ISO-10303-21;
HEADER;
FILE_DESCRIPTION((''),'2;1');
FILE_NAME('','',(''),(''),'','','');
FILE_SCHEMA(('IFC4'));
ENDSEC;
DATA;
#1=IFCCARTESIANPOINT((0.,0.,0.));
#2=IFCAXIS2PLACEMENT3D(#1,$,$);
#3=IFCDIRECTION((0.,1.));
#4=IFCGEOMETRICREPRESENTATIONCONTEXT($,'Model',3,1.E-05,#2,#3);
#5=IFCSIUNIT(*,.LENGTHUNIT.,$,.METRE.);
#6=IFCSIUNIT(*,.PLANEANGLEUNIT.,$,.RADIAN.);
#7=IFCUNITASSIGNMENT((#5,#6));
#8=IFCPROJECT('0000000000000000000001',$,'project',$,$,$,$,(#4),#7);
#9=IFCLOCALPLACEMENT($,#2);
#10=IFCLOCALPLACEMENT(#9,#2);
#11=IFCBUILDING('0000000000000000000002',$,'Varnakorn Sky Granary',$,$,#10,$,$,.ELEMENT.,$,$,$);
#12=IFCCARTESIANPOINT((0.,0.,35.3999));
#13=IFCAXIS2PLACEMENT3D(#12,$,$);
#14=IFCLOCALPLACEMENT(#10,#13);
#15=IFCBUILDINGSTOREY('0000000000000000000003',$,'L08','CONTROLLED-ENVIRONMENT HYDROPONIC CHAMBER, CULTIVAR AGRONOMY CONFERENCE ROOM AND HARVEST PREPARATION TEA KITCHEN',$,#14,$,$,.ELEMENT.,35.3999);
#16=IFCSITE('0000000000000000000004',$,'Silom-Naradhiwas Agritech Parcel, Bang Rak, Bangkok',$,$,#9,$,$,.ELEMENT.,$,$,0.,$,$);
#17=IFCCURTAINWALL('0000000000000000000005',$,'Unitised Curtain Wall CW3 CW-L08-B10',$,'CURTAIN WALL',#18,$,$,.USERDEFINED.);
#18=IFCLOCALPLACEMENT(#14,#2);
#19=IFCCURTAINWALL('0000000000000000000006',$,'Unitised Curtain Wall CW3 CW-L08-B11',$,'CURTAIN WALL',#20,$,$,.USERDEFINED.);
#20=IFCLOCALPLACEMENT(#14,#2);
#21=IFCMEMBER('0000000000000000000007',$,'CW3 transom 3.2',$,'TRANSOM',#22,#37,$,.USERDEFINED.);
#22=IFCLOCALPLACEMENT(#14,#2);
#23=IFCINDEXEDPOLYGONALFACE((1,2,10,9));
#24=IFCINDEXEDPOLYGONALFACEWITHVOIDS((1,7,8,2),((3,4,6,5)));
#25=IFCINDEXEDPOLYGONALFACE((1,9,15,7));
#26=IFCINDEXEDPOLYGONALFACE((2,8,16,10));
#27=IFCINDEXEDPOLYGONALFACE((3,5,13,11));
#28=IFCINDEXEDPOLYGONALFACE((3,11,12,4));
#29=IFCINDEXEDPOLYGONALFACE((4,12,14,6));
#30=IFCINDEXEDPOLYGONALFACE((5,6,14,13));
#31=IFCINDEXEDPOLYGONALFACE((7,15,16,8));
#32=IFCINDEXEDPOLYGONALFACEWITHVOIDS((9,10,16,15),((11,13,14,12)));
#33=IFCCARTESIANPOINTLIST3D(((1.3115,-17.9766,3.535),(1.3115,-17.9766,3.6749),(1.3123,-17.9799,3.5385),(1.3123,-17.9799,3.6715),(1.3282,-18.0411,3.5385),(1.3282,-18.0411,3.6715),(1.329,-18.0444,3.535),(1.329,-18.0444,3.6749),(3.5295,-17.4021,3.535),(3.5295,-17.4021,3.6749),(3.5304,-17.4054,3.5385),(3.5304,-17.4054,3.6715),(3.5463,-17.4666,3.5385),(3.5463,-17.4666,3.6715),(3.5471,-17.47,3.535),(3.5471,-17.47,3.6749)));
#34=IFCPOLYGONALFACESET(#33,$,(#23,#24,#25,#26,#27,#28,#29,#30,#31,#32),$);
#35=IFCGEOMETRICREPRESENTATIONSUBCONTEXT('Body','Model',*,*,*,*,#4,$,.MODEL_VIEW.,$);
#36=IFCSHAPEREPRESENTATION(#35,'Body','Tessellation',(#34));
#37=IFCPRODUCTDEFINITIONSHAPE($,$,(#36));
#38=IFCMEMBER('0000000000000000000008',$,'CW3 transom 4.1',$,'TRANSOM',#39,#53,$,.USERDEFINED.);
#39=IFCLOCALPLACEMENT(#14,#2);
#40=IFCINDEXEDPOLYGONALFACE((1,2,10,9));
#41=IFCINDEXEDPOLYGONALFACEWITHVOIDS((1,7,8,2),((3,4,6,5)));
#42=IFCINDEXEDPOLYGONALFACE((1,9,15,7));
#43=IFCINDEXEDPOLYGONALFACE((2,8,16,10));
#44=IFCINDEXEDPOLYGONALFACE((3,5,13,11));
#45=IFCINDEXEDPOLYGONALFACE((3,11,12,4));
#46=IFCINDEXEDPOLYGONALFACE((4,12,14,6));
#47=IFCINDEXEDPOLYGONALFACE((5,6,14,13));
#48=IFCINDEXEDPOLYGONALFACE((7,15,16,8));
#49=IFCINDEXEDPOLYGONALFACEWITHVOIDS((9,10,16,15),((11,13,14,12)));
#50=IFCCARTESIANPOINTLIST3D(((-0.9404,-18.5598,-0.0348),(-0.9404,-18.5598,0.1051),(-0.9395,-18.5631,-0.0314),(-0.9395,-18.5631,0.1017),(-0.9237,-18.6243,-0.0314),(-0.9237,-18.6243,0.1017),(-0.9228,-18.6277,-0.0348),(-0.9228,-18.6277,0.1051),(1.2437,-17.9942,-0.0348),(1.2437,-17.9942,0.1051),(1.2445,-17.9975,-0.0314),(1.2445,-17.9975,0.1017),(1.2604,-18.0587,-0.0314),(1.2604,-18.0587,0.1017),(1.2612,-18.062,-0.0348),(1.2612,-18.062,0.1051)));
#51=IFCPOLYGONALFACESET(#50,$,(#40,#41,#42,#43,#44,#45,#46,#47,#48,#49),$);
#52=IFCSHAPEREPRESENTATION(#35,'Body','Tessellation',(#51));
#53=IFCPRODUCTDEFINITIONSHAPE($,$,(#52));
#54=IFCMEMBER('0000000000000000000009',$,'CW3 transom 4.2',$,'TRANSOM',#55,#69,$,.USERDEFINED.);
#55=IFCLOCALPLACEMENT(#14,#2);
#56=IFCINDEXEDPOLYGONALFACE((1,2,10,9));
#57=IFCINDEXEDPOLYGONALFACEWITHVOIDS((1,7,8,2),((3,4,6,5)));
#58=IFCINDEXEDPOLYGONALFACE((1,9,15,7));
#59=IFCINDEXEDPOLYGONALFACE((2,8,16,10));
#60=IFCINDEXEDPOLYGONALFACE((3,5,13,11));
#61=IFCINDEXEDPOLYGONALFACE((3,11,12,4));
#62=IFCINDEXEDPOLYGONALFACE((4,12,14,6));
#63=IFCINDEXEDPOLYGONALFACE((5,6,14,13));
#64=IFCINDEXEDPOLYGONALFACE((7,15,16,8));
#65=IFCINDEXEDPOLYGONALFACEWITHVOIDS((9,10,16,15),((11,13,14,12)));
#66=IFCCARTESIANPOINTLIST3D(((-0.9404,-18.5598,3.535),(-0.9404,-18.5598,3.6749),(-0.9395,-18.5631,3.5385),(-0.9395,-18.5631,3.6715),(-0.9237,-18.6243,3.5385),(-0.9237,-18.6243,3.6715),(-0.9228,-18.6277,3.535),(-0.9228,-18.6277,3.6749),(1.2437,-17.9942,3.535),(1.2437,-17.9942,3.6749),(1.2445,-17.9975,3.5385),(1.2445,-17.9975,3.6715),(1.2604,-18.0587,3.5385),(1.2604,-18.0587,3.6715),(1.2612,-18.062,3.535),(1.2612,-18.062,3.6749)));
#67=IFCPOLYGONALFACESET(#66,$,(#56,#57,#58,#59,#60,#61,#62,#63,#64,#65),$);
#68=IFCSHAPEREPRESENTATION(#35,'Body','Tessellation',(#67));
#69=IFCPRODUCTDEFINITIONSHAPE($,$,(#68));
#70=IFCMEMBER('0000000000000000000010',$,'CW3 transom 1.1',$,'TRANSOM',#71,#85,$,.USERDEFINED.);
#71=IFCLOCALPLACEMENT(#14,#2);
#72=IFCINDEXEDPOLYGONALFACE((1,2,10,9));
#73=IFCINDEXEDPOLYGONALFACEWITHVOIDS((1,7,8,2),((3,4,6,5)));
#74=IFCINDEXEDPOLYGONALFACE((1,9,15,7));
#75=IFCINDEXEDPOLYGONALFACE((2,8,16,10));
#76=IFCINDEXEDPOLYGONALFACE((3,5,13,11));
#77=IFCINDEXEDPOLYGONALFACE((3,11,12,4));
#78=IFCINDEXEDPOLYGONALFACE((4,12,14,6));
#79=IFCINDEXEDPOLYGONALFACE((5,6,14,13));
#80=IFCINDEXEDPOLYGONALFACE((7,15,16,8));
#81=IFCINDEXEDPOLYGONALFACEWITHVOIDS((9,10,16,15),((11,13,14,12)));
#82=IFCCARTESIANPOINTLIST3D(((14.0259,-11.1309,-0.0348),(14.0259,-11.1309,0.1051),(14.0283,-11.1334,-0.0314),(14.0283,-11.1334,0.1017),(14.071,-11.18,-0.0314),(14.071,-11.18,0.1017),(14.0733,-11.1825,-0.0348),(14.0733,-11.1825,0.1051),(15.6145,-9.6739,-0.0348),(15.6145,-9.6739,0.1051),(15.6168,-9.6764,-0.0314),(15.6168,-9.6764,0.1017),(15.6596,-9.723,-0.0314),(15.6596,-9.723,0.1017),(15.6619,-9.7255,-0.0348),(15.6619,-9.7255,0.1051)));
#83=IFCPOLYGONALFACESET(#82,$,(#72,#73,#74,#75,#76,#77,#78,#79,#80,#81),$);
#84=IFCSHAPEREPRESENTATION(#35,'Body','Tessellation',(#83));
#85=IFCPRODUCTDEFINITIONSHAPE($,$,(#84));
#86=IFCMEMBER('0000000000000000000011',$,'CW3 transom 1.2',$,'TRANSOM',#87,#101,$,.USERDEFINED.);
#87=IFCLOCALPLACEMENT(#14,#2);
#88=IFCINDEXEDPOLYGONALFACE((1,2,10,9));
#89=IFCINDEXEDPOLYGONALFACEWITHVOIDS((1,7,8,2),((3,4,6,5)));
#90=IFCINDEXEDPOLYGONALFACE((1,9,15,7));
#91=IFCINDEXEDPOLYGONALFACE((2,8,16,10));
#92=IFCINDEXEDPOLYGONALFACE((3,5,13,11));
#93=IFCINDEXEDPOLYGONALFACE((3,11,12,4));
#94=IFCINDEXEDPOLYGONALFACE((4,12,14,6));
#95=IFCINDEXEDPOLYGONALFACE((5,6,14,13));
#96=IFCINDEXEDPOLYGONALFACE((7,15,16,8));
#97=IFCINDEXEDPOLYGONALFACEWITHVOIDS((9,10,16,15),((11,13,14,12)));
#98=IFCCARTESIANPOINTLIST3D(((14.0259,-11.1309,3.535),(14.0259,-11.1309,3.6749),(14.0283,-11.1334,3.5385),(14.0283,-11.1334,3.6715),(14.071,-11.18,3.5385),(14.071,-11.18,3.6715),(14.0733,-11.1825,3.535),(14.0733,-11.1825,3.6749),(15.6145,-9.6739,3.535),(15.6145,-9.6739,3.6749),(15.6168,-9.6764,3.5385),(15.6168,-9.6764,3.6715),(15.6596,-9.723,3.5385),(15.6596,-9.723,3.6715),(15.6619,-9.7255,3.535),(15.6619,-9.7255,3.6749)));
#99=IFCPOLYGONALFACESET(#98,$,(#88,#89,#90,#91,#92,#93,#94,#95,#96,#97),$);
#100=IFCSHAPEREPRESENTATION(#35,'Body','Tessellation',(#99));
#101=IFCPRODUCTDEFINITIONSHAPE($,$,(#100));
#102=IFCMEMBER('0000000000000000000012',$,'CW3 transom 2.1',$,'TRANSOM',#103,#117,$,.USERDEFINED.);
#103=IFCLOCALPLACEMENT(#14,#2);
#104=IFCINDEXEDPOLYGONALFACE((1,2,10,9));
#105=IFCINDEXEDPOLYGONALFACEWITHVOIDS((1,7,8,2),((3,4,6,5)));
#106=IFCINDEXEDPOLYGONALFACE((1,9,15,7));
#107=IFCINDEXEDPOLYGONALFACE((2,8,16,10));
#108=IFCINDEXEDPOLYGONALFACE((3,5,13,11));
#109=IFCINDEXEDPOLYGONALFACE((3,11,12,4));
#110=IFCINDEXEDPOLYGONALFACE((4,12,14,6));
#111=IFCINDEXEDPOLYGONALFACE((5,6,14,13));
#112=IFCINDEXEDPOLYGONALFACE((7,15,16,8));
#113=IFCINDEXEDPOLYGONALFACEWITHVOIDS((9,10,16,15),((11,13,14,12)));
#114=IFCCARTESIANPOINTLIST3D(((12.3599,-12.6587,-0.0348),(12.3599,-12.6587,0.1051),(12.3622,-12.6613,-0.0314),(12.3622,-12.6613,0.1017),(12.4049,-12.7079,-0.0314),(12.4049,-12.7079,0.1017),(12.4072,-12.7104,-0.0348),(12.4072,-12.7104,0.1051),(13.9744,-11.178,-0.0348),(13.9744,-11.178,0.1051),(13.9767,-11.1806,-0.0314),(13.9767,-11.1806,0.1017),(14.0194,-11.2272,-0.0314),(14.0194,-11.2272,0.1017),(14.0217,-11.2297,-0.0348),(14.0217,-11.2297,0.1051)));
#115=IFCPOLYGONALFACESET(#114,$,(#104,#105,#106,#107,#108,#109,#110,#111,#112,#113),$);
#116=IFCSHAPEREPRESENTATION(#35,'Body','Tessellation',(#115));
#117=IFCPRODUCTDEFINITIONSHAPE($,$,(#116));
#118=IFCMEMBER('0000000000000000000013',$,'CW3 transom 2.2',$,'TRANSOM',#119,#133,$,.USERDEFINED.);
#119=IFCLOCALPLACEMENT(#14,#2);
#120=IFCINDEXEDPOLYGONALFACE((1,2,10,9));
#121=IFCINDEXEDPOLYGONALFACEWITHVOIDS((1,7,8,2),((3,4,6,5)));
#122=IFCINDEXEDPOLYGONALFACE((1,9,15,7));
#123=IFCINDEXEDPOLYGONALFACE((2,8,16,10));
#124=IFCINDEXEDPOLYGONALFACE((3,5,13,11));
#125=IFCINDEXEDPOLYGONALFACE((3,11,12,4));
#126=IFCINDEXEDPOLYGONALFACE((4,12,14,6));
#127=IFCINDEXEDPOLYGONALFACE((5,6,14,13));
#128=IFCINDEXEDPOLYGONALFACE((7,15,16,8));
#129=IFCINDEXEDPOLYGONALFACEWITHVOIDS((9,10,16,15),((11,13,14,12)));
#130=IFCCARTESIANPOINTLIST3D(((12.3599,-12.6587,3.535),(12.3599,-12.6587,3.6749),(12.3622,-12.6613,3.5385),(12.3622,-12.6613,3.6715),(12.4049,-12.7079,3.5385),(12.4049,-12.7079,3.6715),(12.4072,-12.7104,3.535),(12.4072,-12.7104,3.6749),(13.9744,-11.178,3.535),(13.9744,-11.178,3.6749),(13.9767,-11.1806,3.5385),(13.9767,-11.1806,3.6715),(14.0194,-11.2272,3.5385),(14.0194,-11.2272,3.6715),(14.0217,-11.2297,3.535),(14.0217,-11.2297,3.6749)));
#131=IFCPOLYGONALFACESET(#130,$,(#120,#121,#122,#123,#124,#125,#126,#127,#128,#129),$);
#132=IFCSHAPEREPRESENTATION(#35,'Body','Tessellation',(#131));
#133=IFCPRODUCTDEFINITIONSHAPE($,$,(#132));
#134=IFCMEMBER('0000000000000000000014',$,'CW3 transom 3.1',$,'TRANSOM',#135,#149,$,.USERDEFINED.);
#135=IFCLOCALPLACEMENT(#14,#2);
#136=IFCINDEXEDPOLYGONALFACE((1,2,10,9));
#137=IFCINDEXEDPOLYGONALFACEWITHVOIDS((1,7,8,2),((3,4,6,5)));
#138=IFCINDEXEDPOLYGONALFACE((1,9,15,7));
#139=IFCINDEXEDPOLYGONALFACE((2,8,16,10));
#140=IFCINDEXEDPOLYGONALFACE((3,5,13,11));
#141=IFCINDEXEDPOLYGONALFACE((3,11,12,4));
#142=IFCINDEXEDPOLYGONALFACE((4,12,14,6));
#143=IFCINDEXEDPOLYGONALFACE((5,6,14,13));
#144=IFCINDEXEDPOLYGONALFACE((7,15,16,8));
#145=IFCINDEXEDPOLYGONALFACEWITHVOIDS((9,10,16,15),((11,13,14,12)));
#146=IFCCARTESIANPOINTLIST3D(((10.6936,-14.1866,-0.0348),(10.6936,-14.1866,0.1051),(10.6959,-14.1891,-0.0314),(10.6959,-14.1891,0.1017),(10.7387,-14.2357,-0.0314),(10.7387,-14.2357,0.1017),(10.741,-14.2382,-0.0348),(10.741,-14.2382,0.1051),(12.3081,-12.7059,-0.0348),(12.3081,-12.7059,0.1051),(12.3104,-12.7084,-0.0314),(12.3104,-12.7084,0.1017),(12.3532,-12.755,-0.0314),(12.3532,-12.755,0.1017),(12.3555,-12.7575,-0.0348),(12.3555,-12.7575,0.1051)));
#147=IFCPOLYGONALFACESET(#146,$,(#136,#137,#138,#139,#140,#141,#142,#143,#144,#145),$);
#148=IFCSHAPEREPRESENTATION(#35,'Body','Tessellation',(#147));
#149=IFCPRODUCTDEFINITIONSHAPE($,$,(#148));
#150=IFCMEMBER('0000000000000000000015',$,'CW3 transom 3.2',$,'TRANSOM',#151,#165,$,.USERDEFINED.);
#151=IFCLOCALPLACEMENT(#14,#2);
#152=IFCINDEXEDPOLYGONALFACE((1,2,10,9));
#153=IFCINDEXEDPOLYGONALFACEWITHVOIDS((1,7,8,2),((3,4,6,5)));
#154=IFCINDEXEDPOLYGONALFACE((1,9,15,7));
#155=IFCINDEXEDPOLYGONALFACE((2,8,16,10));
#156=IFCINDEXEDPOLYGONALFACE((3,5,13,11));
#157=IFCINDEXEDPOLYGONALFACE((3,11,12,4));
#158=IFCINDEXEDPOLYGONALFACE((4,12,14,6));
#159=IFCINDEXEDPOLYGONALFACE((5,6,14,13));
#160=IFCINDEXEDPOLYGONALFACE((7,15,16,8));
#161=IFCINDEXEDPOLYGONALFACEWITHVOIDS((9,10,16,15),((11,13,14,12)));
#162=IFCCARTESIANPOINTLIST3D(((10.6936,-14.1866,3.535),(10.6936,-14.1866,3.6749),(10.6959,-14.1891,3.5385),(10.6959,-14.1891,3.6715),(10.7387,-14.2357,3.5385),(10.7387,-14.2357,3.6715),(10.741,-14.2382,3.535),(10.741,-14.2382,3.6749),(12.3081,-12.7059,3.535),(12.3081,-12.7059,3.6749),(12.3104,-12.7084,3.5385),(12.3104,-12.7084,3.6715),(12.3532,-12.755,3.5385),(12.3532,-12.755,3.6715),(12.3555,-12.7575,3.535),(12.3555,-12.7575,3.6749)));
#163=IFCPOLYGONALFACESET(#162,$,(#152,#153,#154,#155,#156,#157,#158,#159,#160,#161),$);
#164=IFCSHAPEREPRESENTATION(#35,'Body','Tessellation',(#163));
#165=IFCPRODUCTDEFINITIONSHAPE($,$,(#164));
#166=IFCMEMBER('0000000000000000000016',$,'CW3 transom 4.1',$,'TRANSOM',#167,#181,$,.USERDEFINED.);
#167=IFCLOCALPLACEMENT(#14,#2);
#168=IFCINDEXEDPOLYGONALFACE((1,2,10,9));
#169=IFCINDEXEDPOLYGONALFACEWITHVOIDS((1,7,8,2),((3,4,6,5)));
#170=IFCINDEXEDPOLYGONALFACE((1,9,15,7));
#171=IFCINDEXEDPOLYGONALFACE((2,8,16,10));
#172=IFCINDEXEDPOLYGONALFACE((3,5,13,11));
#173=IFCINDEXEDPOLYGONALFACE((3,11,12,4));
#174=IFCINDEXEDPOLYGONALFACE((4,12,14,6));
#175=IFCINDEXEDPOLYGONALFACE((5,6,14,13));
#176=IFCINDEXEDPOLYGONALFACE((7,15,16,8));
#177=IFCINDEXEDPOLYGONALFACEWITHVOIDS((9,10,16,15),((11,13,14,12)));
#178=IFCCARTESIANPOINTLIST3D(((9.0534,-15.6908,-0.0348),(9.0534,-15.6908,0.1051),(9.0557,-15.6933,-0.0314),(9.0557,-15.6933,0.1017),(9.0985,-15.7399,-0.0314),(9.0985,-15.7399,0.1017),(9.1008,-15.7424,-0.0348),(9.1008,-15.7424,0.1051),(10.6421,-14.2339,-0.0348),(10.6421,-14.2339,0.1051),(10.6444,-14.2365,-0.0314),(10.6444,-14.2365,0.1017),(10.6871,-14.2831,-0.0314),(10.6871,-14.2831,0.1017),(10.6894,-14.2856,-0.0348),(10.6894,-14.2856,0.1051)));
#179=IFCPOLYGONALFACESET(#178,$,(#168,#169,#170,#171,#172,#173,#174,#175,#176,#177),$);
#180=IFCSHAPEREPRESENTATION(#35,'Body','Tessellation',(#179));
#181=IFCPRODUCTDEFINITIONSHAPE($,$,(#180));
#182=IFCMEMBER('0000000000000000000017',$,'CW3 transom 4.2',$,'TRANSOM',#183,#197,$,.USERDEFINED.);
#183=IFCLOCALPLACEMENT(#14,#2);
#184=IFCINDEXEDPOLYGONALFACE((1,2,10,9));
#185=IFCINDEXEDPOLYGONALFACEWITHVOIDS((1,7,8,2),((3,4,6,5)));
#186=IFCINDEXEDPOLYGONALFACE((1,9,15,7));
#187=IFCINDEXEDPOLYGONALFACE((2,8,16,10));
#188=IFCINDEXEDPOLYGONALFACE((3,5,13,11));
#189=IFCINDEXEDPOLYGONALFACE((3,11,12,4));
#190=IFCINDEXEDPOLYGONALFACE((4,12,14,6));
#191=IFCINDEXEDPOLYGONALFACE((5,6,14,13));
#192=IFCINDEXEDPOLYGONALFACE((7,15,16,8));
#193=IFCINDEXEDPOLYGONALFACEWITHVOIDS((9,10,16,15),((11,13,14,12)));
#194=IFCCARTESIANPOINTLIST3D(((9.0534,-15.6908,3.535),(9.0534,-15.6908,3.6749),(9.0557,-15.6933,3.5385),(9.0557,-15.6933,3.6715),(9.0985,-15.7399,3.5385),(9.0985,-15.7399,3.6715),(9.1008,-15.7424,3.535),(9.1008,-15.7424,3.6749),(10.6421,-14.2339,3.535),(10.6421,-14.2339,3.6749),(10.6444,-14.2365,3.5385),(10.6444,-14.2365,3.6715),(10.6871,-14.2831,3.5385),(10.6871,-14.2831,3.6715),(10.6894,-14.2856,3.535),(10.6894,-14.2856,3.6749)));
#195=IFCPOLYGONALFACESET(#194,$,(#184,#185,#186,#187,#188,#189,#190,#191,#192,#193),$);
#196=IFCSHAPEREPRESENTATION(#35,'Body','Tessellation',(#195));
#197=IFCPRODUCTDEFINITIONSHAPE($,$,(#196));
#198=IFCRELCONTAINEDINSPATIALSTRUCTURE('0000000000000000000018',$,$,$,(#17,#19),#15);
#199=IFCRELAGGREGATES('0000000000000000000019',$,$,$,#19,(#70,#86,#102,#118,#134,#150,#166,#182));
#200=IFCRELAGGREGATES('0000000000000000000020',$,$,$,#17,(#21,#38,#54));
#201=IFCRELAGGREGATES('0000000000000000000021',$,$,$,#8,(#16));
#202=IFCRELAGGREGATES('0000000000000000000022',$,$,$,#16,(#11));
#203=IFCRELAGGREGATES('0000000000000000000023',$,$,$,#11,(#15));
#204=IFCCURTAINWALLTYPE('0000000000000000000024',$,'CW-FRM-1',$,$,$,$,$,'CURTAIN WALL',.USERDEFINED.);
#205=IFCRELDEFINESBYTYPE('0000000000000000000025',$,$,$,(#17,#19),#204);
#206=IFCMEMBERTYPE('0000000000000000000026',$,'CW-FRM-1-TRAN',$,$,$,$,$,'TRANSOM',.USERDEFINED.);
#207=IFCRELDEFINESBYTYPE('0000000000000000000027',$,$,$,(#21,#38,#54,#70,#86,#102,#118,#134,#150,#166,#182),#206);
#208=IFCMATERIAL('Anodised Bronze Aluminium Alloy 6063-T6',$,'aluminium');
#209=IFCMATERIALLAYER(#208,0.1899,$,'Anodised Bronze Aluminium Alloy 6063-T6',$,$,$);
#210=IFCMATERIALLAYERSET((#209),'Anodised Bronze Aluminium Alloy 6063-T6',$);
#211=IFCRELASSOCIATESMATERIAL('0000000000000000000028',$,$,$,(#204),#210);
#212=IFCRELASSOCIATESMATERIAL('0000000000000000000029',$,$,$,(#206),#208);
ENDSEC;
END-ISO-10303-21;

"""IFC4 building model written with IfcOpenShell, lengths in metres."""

from ifc_helpers import new_model, si_unit, direction, frame, origin, origin_2d, place, context, subcontext, project, spatial, hollow_rectangle, extrude, material, layer, layer_set, material_profile, profile_set, type_object, element, aggregate, save


model = new_model("IFC4")

# Units and contexts
model_context = context("Model", 3, precision=1e-05, world=origin(), true_north=direction((0.0, 1.0)))
body_context = subcontext(model_context, "Body", "Model", "MODEL_VIEW")
ifc_project = project(units=[si_unit("LENGTHUNIT", "METRE"), si_unit("PLANEANGLEUNIT", "RADIAN")], contexts=[model_context])

# Site, building, storey
site_placement = place(None, origin())
site = spatial("IfcSite", under=ifc_project, at=site_placement, Name="Silom-Naradhiwas Agritech Parcel, Bang Rak, Bangkok", CompositionType="ELEMENT", RefElevation=0.0)
building_placement = place(site_placement, origin())
building = spatial("IfcBuilding", under=site, at=building_placement, Name="Varnakorn Sky Granary", CompositionType="ELEMENT")
storey_placement = place(building_placement, frame((0.0, 0.0, 35.3999)))
storey = spatial("IfcBuildingStorey", under=building, at=storey_placement, Name="L08", Description="CONTROLLED-ENVIRONMENT HYDROPONIC CHAMBER, CULTIVAR AGRONOMY CONFERENCE ROOM AND HARVEST PREPARATION TEA KITCHEN", CompositionType="ELEMENT", Elevation=35.3999)

# Curtain walls
ifc_material_1 = material(Name="Anodised Bronze Aluminium Alloy 6063-T6", Category="aluminium")
ifc_layer_1 = layer(ifc_material_1, 0.1899, Name="Anodised Bronze Aluminium Alloy 6063-T6")
ifc_layer_set_1 = layer_set([ifc_layer_1], Name="Anodised Bronze Aluminium Alloy 6063-T6")
curtain_wall_type = type_object("IfcCurtainWallType", Name="CW-FRM-1", ElementType="CURTAIN WALL", PredefinedType="USERDEFINED", material=ifc_layer_set_1)
curtain_wall_1_placement = place(storey_placement, origin())
curtain_wall_1 = element("IfcCurtainWall", 1, at=curtain_wall_1_placement, inside=storey, type_object=curtain_wall_type, Name="Unitised Curtain Wall CW3 CW-L08-B10", ObjectType="CURTAIN WALL", PredefinedType="USERDEFINED")
curtain_wall_2_placement = place(storey_placement, origin())
curtain_wall_2 = element("IfcCurtainWall", 2, at=curtain_wall_2_placement, inside=storey, type_object=curtain_wall_type, Name="Unitised Curtain Wall CW3 CW-L08-B11", ObjectType="CURTAIN WALL", PredefinedType="USERDEFINED")

# Members
ifc_material_profile_1 = material_profile(ifc_material_1, hollow_rectangle(XDim=0.0701, YDim=0.1399, WallThickness=0.0034, at=origin_2d()), Name="ALU TRAN 70x140")
ifc_profile_set_1 = profile_set([ifc_material_profile_1], Name="Anodised Bronze Aluminium Alloy 6063-T6")
member_type_1 = type_object("IfcMemberType", Name="CW-FRM-1-TRAN", ElementType="TRANSOM", PredefinedType="USERDEFINED", material=ifc_profile_set_1)
member_1_placement = place(storey_placement, frame((3.5383, -17.436, 3.605), z_axis=(-0.968058, -0.250725, 0.0), x_axis=(0.250725, -0.968058, 0.0)))
member_1 = element("IfcMember", 3, at=member_1_placement, type_object=member_type_1, Name="CW3 transom 3.2", ObjectType="TRANSOM", PredefinedType="USERDEFINED", context=body_context, shape_type="SweptSolid", body=[
    extrude(hollow_rectangle(XDim=0.0701, YDim=0.1399, WallThickness=0.0034, at=origin_2d()), origin(), (0.0, 0.0, 1.0), 2.2913),
])
member_2_placement = place(storey_placement, frame((1.2524, -18.0281, 0.0352), z_axis=(-0.968058, -0.250726, 0.0), x_axis=(0.250726, -0.968058, 0.0)))
member_2 = element("IfcMember", 4, at=member_2_placement, type_object=member_type_1, Name="CW3 transom 4.1", ObjectType="TRANSOM", PredefinedType="USERDEFINED", context=body_context, shape_type="SweptSolid", body=[
    extrude(hollow_rectangle(XDim=0.0701, YDim=0.1399, WallThickness=0.0034, at=origin_2d()), origin(), (0.0, 0.0, 1.0), 2.2561),
])
member_3_placement = place(storey_placement, frame((1.2524, -18.0281, 3.605), z_axis=(-0.968058, -0.250726, 0.0), x_axis=(0.250726, -0.968058, 0.0)))
member_3 = element("IfcMember", 5, at=member_3_placement, type_object=member_type_1, Name="CW3 transom 4.2", ObjectType="TRANSOM", PredefinedType="USERDEFINED", context=body_context, shape_type="SweptSolid", body=[
    extrude(hollow_rectangle(XDim=0.0701, YDim=0.1399, WallThickness=0.0034, at=origin_2d()), origin(), (0.0, 0.0, 1.0), 2.2561),
])
member_4_placement = place(storey_placement, frame((15.6382, -9.6997, 0.0352), z_axis=(-0.736971, -0.675925, 0.0), x_axis=(0.675925, -0.736971, 0.0)))
member_4 = element("IfcMember", 6, at=member_4_placement, type_object=member_type_1, Name="CW3 transom 1.1", ObjectType="TRANSOM", PredefinedType="USERDEFINED", context=body_context, shape_type="SweptSolid", body=[
    extrude(hollow_rectangle(XDim=0.0701, YDim=0.1399, WallThickness=0.0034, at=origin_2d()), origin(), (0.0, 0.0, 1.0), 2.1555),
])
member_5_placement = place(storey_placement, frame((15.6382, -9.6997, 3.605), z_axis=(-0.736971, -0.675925, 0.0), x_axis=(0.675925, -0.736971, 0.0)))
member_5 = element("IfcMember", 7, at=member_5_placement, type_object=member_type_1, Name="CW3 transom 1.2", ObjectType="TRANSOM", PredefinedType="USERDEFINED", context=body_context, shape_type="SweptSolid", body=[
    extrude(hollow_rectangle(XDim=0.0701, YDim=0.1399, WallThickness=0.0034, at=origin_2d()), origin(), (0.0, 0.0, 1.0), 2.1555),
])
member_6_placement = place(storey_placement, frame((13.998, -11.2039, 0.0352), z_axis=(-0.736983, -0.675911, 0.0), x_axis=(0.675911, -0.736983, 0.0)))
member_6 = element("IfcMember", 8, at=member_6_placement, type_object=member_type_1, Name="CW3 transom 2.1", ObjectType="TRANSOM", PredefinedType="USERDEFINED", context=body_context, shape_type="SweptSolid", body=[
    extrude(hollow_rectangle(XDim=0.0701, YDim=0.1399, WallThickness=0.0034, at=origin_2d()), origin(), (0.0, 0.0, 1.0), 2.1907),
])
member_7_placement = place(storey_placement, frame((13.998, -11.2039, 3.605), z_axis=(-0.736983, -0.675911, 0.0), x_axis=(0.675911, -0.736983, 0.0)))
member_7 = element("IfcMember", 9, at=member_7_placement, type_object=member_type_1, Name="CW3 transom 2.2", ObjectType="TRANSOM", PredefinedType="USERDEFINED", context=body_context, shape_type="SweptSolid", body=[
    extrude(hollow_rectangle(XDim=0.0701, YDim=0.1399, WallThickness=0.0034, at=origin_2d()), origin(), (0.0, 0.0, 1.0), 2.1907),
])
member_8_placement = place(storey_placement, frame((12.3318, -12.7317, 0.0352), z_axis=(-0.736983, -0.675911, 0.0), x_axis=(0.675911, -0.736983, 0.0)))
member_8 = element("IfcMember", 10, at=member_8_placement, type_object=member_type_1, Name="CW3 transom 3.1", ObjectType="TRANSOM", PredefinedType="USERDEFINED", context=body_context, shape_type="SweptSolid", body=[
    extrude(hollow_rectangle(XDim=0.0701, YDim=0.1399, WallThickness=0.0034, at=origin_2d()), origin(), (0.0, 0.0, 1.0), 2.1907),
])
member_9_placement = place(storey_placement, frame((12.3318, -12.7317, 3.605), z_axis=(-0.736983, -0.675911, 0.0), x_axis=(0.675911, -0.736983, 0.0)))
member_9 = element("IfcMember", 11, at=member_9_placement, type_object=member_type_1, Name="CW3 transom 3.2", ObjectType="TRANSOM", PredefinedType="USERDEFINED", context=body_context, shape_type="SweptSolid", body=[
    extrude(hollow_rectangle(XDim=0.0701, YDim=0.1399, WallThickness=0.0034, at=origin_2d()), origin(), (0.0, 0.0, 1.0), 2.1907),
])
member_10_placement = place(storey_placement, frame((10.6658, -14.2598, 0.0352), z_axis=(-0.737027, -0.675863, 0.0), x_axis=(0.675863, -0.737027, 0.0)))
member_10 = element("IfcMember", 12, at=member_10_placement, type_object=member_type_1, Name="CW3 transom 4.1", ObjectType="TRANSOM", PredefinedType="USERDEFINED", context=body_context, shape_type="SweptSolid", body=[
    extrude(hollow_rectangle(XDim=0.0701, YDim=0.1399, WallThickness=0.0034, at=origin_2d()), origin(), (0.0, 0.0, 1.0), 2.1555),
])
member_11_placement = place(storey_placement, frame((10.6658, -14.2598, 3.605), z_axis=(-0.737027, -0.675863, 0.0), x_axis=(0.675863, -0.737027, 0.0)))
member_11 = element("IfcMember", 13, at=member_11_placement, type_object=member_type_1, Name="CW3 transom 4.2", ObjectType="TRANSOM", PredefinedType="USERDEFINED", context=body_context, shape_type="SweptSolid", body=[
    extrude(hollow_rectangle(XDim=0.0701, YDim=0.1399, WallThickness=0.0034, at=origin_2d()), origin(), (0.0, 0.0, 1.0), 2.1555),
])

aggregate(curtain_wall_2, [member_4, member_5, member_6, member_7, member_8, member_9, member_10, member_11])
aggregate(curtain_wall_1, [member_1, member_2, member_3])

save(model, "model.ifc")
